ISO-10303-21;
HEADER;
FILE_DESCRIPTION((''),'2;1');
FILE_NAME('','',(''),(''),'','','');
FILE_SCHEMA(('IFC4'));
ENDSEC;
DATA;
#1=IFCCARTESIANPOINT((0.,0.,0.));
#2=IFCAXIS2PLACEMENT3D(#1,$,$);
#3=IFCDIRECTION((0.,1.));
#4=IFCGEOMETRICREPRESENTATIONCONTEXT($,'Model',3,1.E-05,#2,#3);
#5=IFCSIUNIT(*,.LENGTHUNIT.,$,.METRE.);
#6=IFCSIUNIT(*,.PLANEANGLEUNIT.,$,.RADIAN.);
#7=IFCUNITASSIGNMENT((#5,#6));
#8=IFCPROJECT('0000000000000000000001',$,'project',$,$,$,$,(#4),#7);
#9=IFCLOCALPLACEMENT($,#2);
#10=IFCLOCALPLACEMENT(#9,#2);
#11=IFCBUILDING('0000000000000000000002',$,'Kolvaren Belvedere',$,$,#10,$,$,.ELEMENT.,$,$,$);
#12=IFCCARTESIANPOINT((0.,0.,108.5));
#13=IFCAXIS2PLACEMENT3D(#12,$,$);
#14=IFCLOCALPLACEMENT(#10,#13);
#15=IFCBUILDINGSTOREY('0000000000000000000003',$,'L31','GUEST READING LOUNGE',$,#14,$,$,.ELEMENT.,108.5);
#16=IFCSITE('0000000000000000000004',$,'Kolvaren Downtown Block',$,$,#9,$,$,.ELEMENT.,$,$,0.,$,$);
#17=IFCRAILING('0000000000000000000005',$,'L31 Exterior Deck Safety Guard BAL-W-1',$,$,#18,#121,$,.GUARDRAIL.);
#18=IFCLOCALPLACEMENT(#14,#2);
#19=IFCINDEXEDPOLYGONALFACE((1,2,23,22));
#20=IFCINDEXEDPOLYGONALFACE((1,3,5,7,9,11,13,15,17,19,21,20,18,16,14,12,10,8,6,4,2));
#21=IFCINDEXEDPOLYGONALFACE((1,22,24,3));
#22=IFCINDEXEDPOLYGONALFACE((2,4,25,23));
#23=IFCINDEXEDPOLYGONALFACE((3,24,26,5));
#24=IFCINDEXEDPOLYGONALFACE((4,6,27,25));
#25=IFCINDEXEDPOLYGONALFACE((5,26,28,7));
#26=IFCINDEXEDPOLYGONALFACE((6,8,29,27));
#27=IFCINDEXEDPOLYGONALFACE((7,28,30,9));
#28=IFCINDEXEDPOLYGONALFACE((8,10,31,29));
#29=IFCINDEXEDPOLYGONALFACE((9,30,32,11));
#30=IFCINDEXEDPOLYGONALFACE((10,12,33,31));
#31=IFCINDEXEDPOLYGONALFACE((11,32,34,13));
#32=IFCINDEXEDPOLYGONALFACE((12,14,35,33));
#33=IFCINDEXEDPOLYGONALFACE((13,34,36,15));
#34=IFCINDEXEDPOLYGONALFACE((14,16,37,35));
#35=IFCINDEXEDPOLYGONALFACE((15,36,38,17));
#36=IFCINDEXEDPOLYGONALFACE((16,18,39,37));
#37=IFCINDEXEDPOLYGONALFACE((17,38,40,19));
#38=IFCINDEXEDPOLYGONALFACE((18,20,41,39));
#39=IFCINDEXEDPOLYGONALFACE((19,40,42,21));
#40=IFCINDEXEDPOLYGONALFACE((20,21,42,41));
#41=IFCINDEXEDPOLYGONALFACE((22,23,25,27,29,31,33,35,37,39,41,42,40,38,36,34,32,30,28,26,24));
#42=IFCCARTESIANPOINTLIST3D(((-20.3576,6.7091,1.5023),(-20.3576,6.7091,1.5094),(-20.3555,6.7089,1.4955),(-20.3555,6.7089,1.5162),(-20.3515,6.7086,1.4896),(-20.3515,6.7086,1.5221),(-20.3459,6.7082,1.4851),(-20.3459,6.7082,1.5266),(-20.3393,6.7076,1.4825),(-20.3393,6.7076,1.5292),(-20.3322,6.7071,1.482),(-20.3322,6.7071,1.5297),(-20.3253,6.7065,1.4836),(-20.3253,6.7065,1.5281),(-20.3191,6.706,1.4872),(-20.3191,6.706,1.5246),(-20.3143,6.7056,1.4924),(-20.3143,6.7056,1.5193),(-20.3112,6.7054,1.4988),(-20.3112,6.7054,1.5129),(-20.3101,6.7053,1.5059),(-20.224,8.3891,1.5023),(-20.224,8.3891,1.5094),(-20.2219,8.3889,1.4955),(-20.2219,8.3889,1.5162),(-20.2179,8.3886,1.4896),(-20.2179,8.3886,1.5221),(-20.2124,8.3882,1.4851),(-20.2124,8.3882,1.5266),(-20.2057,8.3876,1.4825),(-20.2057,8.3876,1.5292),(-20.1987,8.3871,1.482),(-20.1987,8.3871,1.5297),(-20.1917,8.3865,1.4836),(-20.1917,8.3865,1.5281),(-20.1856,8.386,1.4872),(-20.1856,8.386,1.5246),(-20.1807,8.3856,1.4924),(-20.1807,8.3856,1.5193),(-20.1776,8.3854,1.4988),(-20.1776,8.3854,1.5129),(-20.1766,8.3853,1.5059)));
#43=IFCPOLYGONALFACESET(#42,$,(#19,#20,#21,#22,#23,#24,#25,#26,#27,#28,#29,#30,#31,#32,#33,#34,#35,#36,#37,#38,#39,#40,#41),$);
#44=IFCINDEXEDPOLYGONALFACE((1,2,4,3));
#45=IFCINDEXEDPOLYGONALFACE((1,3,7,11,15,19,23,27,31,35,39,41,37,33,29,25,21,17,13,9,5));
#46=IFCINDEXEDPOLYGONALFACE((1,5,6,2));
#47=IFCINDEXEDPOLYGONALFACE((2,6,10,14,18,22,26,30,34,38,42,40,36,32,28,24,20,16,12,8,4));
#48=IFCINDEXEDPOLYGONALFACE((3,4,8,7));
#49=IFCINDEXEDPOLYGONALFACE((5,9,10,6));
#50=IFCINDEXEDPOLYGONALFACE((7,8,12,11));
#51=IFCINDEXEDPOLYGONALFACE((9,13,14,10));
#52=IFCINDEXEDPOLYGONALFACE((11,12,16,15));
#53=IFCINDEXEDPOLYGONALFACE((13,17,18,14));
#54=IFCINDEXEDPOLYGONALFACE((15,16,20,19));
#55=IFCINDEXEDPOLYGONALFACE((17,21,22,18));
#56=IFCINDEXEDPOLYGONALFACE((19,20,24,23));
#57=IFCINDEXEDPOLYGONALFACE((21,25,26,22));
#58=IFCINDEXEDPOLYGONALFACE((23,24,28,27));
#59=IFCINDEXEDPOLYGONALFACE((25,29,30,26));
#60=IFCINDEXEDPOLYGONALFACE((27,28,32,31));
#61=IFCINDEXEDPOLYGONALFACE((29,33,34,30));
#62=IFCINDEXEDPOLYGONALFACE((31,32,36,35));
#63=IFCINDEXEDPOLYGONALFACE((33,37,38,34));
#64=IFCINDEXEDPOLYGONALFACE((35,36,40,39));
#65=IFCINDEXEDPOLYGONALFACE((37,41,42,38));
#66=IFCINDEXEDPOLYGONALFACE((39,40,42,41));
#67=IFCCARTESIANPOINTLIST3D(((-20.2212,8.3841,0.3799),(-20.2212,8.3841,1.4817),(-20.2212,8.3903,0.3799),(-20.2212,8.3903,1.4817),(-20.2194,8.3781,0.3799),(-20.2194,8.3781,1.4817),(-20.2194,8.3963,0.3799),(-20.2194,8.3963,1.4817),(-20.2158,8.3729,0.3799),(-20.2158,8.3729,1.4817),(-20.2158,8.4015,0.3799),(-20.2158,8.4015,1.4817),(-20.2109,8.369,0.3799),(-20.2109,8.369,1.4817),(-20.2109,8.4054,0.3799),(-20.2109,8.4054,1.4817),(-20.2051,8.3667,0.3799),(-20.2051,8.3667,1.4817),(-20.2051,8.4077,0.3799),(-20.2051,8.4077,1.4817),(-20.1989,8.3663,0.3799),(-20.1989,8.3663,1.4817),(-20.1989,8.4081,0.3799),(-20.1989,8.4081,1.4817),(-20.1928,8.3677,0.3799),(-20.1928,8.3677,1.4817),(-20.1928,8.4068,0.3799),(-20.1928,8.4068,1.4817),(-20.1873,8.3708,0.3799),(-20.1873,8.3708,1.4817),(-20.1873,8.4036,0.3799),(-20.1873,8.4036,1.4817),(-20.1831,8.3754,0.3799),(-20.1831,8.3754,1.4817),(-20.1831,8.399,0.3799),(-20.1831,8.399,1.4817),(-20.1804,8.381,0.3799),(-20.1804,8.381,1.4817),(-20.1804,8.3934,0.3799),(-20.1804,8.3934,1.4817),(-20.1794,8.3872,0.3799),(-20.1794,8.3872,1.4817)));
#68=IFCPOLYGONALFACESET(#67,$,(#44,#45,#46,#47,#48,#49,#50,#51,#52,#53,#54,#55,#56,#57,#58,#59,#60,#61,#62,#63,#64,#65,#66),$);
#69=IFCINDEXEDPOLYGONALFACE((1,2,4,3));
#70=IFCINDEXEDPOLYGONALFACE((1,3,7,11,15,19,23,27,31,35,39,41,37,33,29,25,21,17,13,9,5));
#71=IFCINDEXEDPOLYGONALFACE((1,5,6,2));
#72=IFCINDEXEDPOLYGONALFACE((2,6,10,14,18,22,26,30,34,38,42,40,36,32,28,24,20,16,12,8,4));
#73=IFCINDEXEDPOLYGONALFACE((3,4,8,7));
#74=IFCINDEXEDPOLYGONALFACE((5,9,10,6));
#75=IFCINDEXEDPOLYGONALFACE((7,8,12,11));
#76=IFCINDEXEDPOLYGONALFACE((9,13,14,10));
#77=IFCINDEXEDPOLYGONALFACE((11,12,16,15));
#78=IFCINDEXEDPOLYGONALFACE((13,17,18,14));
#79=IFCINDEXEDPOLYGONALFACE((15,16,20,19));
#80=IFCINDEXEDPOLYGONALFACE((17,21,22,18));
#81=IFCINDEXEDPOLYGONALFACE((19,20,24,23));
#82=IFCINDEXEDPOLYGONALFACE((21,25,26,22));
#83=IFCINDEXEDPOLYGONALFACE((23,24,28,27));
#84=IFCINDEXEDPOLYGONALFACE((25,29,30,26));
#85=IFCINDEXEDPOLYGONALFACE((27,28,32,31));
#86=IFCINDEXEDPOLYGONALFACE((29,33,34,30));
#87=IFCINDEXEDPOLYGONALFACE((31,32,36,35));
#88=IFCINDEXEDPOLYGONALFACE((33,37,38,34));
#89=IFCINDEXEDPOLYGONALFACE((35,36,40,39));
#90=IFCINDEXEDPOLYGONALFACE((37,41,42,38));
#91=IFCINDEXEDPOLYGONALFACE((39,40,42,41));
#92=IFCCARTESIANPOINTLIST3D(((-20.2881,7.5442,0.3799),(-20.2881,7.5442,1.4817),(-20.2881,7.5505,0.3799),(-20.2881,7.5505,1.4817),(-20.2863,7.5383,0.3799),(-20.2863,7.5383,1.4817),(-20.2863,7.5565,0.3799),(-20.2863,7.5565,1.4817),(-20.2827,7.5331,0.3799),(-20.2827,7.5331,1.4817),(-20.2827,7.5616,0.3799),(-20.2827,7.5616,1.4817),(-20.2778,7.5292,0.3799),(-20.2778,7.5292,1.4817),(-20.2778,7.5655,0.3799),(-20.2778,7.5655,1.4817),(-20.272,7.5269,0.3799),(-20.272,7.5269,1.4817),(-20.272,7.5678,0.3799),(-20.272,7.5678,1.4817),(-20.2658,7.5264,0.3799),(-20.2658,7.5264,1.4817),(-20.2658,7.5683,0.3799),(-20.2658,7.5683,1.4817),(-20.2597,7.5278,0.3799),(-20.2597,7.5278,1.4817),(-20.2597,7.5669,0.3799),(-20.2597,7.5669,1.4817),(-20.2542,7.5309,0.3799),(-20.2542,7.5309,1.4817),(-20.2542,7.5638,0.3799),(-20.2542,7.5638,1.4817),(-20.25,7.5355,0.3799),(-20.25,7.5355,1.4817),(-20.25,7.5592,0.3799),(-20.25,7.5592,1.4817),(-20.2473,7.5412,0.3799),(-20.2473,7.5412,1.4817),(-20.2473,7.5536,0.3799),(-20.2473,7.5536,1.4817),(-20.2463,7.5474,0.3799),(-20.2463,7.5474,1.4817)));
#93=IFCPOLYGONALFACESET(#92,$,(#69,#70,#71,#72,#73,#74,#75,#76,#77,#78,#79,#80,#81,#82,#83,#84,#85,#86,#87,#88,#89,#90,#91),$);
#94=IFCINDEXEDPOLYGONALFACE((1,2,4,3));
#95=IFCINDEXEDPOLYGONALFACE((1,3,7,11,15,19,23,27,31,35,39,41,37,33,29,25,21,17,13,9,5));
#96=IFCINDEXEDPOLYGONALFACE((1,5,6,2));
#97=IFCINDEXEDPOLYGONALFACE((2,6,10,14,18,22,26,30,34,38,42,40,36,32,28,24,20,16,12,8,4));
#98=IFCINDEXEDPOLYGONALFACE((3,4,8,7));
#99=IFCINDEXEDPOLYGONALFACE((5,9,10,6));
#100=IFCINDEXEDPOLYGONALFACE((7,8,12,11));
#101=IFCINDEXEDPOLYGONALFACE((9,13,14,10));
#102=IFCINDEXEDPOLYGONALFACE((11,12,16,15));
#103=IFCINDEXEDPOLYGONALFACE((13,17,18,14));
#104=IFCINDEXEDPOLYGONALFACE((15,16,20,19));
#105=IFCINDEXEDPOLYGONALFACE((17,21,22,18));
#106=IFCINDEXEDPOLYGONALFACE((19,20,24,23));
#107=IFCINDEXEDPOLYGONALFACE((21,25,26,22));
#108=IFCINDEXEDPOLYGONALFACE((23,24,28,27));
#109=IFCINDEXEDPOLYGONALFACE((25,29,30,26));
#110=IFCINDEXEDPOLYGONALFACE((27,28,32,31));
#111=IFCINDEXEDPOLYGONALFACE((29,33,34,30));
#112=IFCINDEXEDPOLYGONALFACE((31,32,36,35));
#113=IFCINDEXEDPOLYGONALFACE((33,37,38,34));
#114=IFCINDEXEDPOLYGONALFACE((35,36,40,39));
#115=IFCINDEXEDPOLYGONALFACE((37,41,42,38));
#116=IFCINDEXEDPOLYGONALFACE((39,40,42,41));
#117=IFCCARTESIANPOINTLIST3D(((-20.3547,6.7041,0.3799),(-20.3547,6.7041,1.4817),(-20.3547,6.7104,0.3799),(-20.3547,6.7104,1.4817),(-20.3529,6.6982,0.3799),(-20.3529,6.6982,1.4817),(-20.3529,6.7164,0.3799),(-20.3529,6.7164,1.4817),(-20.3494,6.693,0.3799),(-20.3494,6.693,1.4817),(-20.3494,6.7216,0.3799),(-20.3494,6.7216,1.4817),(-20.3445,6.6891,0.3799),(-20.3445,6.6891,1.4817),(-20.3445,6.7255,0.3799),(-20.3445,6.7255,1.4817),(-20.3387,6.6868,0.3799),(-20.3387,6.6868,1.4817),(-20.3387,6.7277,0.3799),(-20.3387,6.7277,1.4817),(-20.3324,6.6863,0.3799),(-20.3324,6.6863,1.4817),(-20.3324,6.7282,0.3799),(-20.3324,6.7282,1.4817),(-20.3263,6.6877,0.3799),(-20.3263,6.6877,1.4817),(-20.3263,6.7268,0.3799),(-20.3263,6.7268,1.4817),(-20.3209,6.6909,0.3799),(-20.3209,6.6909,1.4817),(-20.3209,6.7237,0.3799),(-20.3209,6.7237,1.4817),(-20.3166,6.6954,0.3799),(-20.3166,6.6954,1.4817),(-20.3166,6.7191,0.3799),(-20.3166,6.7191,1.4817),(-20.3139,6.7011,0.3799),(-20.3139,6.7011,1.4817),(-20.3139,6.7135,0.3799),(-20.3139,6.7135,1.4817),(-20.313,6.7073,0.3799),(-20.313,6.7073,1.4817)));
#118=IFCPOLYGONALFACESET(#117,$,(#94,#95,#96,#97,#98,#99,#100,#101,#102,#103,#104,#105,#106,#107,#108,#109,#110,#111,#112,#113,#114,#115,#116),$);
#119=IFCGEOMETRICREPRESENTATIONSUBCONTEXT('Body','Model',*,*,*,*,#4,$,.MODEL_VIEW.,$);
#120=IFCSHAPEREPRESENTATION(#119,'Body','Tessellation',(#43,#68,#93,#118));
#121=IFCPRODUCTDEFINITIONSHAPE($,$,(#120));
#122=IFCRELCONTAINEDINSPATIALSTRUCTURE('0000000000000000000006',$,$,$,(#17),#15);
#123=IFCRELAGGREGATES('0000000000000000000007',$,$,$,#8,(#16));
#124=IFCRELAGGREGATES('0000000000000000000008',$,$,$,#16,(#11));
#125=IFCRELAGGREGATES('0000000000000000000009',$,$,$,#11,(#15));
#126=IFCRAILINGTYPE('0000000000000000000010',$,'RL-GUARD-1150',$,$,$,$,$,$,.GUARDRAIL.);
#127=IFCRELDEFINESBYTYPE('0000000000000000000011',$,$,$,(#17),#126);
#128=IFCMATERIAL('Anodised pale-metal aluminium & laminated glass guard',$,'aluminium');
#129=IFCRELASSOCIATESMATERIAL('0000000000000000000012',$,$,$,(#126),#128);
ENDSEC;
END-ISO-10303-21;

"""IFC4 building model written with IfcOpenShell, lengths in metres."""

from ifc_helpers import new_model, si_unit, direction, frame, origin, origin_2d, place, context, subcontext, project, spatial, circle, extrude, material, type_object, element, save


model = new_model("IFC4")

# Units and contexts
model_context = context("Model", 3, precision=1e-05, world=origin(), true_north=direction((0.0, 1.0)))
body_context = subcontext(model_context, "Body", "Model", "MODEL_VIEW")
ifc_project = project(units=[si_unit("LENGTHUNIT", "METRE"), si_unit("PLANEANGLEUNIT", "RADIAN")], contexts=[model_context])

# Site, building, storey
site_placement = place(None, origin())
site = spatial("IfcSite", under=ifc_project, at=site_placement, Name="Kolvaren Downtown Block", CompositionType="ELEMENT", RefElevation=0.0)
building_placement = place(site_placement, origin())
building = spatial("IfcBuilding", under=site, at=building_placement, Name="Kolvaren Belvedere", CompositionType="ELEMENT")
storey_placement = place(building_placement, frame((0.0, 0.0, 108.5)))
storey = spatial("IfcBuildingStorey", under=building, at=storey_placement, Name="L31", Description="GUEST READING LOUNGE", CompositionType="ELEMENT", Elevation=108.5)

# Railing
ifc_material_1 = material(Name="Anodised pale-metal aluminium & laminated glass guard", Category="aluminium")
railing_type = type_object("IfcRailingType", Name="RL-GUARD-1150", PredefinedType="GUARDRAIL", material=ifc_material_1)
railing_1_placement = place(storey_placement, frame((-20.2004, 8.3872, 0.3799)))
element("IfcRailing", 1, at=railing_1_placement, inside=storey, type_object=railing_type, Name="L31 Exterior Deck Safety Guard BAL-W-1", PredefinedType="GUARDRAIL", context=body_context, shape_type="SweptSolid", body=[
    extrude(circle(Radius=0.0239, at=origin_2d()), frame((0.0, 0.0, 1.126), z_axis=(-0.079244, -0.996855, 0.0), x_axis=(0.996855, -0.079244, 0.0)), (0.0, 0.0, 1.0), 1.6853),
    extrude(circle(Radius=0.021, at=origin_2d()), origin(), (0.0, 0.0, 1.0), 1.1018),
    extrude(circle(Radius=0.021, at=origin_2d()), frame((-0.0669, -0.8398, 0.0)), (0.0, 0.0, 1.0), 1.1018),
    extrude(circle(Radius=0.021, at=origin_2d()), frame((-0.1335, -1.6799, 0.0)), (0.0, 0.0, 1.0), 1.1018),
])

save(model, "model.ifc")
